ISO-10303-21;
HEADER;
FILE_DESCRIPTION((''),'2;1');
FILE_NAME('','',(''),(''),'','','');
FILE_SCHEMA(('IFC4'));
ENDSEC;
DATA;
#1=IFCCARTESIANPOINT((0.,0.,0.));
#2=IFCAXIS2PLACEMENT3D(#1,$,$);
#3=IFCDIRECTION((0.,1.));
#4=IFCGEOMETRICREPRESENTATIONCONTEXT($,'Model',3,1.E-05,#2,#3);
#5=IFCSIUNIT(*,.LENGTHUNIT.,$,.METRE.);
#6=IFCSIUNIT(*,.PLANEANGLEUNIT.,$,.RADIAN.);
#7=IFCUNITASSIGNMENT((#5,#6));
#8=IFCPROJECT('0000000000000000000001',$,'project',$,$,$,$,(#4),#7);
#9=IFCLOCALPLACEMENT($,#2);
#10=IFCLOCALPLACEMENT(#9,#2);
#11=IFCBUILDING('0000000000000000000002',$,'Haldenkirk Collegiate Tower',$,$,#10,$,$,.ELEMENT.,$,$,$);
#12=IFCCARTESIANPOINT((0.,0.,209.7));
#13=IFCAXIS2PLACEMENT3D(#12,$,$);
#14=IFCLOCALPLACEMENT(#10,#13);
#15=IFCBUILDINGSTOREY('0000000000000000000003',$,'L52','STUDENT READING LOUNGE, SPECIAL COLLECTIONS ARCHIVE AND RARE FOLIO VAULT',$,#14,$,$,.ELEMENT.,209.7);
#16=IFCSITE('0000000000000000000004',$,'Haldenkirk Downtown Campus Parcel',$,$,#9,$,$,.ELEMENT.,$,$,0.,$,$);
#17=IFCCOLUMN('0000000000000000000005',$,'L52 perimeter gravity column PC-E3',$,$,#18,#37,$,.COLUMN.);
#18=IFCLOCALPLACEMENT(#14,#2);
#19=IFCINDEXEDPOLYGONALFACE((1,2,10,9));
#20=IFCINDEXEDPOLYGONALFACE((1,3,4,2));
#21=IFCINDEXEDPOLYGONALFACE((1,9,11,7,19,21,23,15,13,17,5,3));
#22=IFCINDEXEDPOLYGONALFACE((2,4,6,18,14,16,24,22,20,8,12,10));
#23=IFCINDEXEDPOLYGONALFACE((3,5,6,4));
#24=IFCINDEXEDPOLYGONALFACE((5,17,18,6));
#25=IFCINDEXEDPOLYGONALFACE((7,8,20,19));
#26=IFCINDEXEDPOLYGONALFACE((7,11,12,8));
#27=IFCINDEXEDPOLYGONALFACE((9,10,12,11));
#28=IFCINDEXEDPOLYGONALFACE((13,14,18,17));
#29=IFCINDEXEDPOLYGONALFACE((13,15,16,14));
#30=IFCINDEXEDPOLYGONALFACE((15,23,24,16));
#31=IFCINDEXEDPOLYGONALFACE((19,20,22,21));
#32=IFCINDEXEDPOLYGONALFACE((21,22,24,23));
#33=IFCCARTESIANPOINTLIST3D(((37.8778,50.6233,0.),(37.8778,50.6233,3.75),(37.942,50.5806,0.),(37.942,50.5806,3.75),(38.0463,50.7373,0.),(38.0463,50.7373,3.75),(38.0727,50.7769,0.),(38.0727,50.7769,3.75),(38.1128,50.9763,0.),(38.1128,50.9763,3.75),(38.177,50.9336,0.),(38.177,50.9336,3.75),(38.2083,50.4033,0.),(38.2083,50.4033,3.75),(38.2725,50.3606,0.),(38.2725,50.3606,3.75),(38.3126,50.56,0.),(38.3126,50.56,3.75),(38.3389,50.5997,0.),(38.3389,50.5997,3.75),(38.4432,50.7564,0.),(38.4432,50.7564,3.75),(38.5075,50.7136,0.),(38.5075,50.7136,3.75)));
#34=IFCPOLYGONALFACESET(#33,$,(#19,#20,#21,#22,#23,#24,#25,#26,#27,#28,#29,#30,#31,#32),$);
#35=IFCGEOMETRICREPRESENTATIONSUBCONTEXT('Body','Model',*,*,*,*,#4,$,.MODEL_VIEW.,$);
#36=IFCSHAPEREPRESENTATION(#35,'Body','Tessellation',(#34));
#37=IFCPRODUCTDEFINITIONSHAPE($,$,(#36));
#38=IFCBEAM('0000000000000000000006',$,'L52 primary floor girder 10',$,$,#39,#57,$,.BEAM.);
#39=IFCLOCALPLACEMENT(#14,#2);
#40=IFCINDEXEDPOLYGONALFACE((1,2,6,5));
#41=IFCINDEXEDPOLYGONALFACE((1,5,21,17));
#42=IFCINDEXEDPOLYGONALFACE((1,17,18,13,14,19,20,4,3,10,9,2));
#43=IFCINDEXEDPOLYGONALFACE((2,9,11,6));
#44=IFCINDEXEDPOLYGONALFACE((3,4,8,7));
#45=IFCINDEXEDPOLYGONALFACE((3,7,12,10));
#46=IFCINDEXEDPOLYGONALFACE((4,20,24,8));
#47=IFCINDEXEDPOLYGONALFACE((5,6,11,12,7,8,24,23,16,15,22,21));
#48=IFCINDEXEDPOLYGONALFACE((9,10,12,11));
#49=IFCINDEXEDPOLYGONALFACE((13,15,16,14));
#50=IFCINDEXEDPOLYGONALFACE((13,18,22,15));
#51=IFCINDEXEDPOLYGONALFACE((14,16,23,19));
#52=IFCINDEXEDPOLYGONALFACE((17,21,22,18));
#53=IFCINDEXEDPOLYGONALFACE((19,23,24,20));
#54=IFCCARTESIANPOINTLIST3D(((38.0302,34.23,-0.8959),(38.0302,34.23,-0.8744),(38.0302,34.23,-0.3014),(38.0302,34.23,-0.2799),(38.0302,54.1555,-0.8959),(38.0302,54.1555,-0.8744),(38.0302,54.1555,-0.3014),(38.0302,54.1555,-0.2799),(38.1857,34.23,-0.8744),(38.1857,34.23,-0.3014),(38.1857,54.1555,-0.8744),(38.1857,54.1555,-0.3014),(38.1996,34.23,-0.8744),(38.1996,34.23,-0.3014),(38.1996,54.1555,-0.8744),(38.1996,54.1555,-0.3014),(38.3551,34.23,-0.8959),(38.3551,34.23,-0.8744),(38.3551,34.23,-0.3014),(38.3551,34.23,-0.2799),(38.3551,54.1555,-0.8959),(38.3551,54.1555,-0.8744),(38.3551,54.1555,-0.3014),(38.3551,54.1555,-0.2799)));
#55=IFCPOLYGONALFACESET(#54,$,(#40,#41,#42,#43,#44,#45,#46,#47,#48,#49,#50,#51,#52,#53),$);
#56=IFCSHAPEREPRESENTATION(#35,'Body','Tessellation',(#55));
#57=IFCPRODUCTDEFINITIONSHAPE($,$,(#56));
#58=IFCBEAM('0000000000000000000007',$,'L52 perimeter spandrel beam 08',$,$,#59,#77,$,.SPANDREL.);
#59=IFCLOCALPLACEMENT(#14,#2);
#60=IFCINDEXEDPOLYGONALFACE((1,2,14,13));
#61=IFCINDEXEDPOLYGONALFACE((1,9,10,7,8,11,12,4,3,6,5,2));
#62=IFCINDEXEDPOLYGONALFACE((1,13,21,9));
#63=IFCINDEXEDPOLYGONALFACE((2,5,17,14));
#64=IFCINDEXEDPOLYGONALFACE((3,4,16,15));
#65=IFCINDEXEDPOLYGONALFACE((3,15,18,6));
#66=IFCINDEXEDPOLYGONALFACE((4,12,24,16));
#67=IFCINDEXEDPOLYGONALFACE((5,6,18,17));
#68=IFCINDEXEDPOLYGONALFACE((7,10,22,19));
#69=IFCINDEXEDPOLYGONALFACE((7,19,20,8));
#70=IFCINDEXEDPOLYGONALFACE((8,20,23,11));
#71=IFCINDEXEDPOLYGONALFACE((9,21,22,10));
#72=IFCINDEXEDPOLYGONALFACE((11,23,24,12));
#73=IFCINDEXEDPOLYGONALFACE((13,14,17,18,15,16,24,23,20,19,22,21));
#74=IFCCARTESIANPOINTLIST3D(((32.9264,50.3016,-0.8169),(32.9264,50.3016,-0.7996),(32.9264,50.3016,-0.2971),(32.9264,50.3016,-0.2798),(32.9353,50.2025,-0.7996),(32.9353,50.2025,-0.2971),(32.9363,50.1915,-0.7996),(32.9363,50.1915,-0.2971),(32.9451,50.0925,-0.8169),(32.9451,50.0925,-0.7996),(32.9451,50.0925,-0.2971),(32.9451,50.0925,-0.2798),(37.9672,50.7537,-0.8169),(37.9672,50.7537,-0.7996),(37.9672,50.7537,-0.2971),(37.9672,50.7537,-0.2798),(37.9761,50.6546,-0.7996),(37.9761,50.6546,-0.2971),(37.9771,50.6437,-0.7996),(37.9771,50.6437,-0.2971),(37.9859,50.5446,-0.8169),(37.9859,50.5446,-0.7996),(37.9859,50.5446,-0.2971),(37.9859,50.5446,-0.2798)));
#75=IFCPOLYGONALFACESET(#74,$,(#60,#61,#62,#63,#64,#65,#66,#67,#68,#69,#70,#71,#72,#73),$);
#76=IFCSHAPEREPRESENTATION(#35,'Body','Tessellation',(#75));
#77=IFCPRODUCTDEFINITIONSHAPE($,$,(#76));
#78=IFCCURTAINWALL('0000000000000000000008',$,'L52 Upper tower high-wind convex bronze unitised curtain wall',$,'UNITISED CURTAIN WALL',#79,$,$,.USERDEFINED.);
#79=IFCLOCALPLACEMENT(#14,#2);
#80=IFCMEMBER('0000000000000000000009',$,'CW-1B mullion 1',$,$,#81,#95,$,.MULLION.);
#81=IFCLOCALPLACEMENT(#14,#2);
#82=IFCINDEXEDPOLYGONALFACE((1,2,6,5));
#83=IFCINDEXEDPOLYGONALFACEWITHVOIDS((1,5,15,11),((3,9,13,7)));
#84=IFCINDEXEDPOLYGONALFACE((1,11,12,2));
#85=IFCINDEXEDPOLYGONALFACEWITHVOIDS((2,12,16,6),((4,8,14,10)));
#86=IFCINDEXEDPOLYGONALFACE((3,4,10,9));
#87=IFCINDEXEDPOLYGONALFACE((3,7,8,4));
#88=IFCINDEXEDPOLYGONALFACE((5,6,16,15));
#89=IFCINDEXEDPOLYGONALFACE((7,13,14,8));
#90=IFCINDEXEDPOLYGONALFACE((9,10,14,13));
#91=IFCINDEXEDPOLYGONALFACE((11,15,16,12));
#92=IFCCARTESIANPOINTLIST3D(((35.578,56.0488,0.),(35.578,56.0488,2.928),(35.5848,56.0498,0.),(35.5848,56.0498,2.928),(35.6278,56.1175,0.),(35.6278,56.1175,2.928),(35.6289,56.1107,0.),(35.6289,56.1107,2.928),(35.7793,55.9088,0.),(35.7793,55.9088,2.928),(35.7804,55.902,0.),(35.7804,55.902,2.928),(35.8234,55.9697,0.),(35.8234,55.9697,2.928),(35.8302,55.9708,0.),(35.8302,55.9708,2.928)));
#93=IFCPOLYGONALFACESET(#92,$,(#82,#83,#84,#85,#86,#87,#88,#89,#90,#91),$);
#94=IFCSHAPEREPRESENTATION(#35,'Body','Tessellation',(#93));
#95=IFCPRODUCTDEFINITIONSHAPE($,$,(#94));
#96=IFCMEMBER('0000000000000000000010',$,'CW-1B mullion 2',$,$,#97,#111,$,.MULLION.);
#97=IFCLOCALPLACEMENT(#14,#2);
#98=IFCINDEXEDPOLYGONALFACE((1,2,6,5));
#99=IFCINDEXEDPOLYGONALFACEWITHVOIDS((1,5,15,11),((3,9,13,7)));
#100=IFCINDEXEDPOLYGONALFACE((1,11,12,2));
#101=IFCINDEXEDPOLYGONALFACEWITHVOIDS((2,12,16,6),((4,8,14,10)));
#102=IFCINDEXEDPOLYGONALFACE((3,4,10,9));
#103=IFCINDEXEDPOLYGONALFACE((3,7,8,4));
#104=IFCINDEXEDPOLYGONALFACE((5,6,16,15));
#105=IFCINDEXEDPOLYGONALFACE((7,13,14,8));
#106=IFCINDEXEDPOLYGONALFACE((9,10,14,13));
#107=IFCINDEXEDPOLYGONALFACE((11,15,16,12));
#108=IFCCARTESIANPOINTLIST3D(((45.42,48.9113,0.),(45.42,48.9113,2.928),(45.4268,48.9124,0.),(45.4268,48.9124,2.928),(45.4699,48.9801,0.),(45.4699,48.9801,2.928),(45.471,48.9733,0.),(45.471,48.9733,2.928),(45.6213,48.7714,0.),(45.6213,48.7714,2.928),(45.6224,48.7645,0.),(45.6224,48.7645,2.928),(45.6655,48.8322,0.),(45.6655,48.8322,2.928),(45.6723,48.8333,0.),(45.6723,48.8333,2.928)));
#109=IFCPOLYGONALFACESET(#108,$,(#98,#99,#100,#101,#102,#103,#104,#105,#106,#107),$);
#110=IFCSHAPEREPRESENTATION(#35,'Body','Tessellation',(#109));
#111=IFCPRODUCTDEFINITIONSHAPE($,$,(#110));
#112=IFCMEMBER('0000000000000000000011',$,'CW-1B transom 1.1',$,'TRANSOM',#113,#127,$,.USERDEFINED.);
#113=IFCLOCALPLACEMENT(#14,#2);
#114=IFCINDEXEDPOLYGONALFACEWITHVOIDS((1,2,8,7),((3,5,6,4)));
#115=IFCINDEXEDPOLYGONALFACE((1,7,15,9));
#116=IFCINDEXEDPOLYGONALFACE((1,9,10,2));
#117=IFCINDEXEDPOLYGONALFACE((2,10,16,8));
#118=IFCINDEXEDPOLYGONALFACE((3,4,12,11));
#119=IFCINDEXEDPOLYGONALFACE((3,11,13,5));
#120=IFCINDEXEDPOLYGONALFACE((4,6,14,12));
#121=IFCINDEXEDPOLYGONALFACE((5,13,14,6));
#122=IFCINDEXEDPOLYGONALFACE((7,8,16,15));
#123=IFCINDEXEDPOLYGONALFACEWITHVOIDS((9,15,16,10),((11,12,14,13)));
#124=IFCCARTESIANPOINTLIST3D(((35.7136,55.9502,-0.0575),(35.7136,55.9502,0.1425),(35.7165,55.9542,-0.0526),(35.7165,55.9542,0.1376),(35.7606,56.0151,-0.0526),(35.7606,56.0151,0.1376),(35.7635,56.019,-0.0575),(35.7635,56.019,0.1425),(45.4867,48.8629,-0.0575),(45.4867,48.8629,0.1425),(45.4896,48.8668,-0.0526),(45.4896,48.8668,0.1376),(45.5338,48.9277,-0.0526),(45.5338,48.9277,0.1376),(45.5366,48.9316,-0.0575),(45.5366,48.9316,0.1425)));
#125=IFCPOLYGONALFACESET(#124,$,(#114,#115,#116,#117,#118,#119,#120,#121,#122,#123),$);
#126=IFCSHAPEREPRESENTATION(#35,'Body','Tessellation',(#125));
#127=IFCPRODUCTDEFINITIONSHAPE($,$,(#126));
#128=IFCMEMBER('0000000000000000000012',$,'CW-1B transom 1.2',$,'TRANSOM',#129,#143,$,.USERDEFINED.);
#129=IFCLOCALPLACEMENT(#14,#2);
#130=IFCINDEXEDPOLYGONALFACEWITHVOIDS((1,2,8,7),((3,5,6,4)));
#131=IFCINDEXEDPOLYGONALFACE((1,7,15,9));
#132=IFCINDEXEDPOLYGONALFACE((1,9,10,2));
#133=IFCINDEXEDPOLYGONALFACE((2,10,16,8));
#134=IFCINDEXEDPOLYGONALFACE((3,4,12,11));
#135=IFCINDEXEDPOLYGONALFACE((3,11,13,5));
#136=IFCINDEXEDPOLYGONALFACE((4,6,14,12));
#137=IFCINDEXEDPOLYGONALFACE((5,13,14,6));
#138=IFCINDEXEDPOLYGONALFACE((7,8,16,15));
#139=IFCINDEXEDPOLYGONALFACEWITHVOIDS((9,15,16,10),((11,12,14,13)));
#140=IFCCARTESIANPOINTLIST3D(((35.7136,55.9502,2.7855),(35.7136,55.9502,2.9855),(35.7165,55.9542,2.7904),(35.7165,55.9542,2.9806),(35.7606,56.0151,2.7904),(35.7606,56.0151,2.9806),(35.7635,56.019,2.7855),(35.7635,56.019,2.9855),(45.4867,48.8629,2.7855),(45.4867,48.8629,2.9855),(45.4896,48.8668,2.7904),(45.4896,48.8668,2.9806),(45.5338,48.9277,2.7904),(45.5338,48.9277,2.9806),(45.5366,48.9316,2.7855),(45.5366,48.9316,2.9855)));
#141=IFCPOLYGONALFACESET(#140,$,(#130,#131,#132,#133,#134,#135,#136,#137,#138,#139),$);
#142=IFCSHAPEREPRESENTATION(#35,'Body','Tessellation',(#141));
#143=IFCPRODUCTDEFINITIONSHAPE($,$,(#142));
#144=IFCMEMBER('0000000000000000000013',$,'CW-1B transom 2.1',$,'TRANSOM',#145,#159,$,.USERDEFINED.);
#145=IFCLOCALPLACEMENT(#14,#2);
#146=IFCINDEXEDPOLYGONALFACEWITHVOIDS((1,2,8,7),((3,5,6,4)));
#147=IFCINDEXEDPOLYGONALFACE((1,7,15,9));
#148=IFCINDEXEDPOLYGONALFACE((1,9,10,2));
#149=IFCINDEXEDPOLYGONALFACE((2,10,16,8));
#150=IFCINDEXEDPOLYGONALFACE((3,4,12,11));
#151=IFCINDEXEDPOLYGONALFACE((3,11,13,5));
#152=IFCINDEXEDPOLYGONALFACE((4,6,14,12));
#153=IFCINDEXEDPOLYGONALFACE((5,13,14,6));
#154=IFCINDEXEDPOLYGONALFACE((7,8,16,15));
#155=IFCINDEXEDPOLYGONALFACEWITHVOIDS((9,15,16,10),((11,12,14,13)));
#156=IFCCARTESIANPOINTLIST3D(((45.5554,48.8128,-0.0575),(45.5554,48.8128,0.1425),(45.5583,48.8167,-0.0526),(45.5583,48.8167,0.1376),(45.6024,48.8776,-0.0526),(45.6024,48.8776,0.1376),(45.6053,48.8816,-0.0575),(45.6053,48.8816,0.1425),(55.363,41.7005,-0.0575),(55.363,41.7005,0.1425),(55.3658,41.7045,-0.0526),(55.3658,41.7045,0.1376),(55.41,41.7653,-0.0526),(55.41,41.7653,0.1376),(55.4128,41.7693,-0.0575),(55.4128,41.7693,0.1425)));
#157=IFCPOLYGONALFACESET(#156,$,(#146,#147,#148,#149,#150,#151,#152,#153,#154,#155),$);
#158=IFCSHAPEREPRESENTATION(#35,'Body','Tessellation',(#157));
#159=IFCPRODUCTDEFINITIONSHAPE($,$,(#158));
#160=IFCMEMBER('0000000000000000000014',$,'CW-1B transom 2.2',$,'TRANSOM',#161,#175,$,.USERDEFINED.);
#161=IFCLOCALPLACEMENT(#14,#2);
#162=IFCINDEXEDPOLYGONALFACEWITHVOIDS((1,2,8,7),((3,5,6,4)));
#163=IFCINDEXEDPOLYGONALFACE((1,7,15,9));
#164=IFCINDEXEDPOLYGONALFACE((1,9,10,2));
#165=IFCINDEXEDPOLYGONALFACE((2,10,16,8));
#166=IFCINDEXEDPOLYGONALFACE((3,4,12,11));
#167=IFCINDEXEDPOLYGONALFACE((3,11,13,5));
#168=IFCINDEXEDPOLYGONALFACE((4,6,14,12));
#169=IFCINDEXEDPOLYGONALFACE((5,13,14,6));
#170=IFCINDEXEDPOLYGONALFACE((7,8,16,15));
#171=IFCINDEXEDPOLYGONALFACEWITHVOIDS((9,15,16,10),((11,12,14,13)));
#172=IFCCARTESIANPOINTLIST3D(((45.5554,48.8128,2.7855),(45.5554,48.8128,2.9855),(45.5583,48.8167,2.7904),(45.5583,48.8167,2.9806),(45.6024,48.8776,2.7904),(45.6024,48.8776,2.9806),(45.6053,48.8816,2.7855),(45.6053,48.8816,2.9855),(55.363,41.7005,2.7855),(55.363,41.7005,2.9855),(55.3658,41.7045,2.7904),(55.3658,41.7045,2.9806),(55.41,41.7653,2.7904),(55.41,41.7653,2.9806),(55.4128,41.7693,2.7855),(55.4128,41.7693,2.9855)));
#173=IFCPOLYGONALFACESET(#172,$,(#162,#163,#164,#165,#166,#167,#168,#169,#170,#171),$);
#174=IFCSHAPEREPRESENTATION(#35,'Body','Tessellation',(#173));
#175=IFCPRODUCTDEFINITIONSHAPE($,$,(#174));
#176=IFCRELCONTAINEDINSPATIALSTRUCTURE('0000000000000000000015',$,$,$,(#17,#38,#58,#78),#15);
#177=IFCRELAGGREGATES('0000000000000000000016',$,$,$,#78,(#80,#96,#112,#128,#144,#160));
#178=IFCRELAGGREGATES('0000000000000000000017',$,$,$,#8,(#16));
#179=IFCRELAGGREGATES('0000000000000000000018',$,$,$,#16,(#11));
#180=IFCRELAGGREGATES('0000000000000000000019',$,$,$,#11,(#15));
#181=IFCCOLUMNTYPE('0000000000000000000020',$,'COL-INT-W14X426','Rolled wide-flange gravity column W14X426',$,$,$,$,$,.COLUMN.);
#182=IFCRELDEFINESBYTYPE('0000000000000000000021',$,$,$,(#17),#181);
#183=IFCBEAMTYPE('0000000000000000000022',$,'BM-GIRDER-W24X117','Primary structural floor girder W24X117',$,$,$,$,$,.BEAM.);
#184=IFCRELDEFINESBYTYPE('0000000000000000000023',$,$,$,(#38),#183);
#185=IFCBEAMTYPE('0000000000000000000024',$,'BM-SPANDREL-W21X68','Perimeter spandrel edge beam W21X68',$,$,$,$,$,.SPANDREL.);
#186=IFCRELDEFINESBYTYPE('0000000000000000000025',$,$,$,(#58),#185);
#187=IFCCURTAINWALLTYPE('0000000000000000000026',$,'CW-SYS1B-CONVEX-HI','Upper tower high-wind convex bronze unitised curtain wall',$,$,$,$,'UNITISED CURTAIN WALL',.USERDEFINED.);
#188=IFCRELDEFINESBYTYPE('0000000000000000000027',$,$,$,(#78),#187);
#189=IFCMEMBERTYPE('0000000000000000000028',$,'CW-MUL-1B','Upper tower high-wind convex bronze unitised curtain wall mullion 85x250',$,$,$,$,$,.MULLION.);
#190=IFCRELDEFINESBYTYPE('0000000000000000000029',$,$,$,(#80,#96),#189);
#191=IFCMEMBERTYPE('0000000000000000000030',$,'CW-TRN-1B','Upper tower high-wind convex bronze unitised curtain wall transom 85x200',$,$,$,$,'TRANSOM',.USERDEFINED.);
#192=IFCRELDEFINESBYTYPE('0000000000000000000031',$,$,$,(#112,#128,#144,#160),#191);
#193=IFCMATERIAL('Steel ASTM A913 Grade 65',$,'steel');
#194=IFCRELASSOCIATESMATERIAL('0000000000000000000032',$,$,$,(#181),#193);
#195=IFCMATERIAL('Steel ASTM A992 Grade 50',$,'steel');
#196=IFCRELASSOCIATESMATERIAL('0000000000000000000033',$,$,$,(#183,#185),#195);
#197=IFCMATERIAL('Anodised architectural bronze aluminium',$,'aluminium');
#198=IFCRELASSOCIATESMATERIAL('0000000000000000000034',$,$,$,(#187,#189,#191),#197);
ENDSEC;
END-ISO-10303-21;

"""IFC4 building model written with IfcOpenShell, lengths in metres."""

from ifc_helpers import new_model, si_unit, direction, frame, origin, origin_2d, place, context, subcontext, project, spatial, hollow_rectangle, i_section, extrude, material, material_profile, profile_set, type_object, element, aggregate, save


model = new_model("IFC4")

# Units and contexts
model_context = context("Model", 3, precision=1e-05, world=origin(), true_north=direction((0.0, 1.0)))
body_context = subcontext(model_context, "Body", "Model", "MODEL_VIEW")
ifc_project = project(units=[si_unit("LENGTHUNIT", "METRE"), si_unit("PLANEANGLEUNIT", "RADIAN")], contexts=[model_context])

# Site, building, storey
site_placement = place(None, origin())
site = spatial("IfcSite", under=ifc_project, at=site_placement, Name="Haldenkirk Downtown Campus Parcel", CompositionType="ELEMENT", RefElevation=0.0)
building_placement = place(site_placement, origin())
building = spatial("IfcBuilding", under=site, at=building_placement, Name="Haldenkirk Collegiate Tower", CompositionType="ELEMENT")
storey_placement = place(building_placement, frame((0.0, 0.0, 209.7)))
storey = spatial("IfcBuildingStorey", under=building, at=storey_placement, Name="L52", Description="STUDENT READING LOUNGE, SPECIAL COLLECTIONS ARCHIVE AND RARE FOLIO VAULT", CompositionType="ELEMENT", Elevation=209.7)

# Column
ifc_material_1 = material(Name="Steel ASTM A913 Grade 65", Category="steel")
ifc_material_profile_1 = material_profile(ifc_material_1, i_section(OverallWidth=0.4241, OverallDepth=0.4741, WebThickness=0.0476, FlangeThickness=0.0771, at=origin_2d()), Name="W14X426")
ifc_profile_set_1 = profile_set([ifc_material_profile_1], Name="Steel ASTM A913 Grade 65")
column_type = type_object("IfcColumnType", Name="COL-INT-W14X426", Description="Rolled wide-flange gravity column W14X426", PredefinedType="COLUMN", material=ifc_profile_set_1)
column_placement = place(storey_placement, frame((38.1926, 50.6685, 0.0), z_axis=(0.0, 0.0, 1.0), x_axis=(0.554118, 0.832438, 0.0)))
element("IfcColumn", 1, at=column_placement, inside=storey, type_object=column_type, Name="L52 perimeter gravity column PC-E3", PredefinedType="COLUMN", context=body_context, shape_type="SweptSolid", body=[
    extrude(i_section(OverallWidth=0.4241, OverallDepth=0.4741, WebThickness=0.0476, FlangeThickness=0.0771, at=origin_2d()), origin(), (0.0, 0.0, 1.0), 3.75),
])

# Beams
ifc_material_2 = material(Name="Steel ASTM A992 Grade 50", Category="steel")
ifc_material_profile_2 = material_profile(ifc_material_2, i_section(OverallWidth=0.325, OverallDepth=0.616, WebThickness=0.0139, FlangeThickness=0.0215, at=origin_2d()), Name="W24X117")
ifc_profile_set_2 = profile_set([ifc_material_profile_2], Name="Steel ASTM A992 Grade 50")
beam_type_1 = type_object("IfcBeamType", Name="BM-GIRDER-W24X117", Description="Primary structural floor girder W24X117", PredefinedType="BEAM", material=ifc_profile_set_2)
beam_1_placement = place(storey_placement, frame((38.1926, 54.1555, -0.5879), z_axis=(0.0, -1.0, 0.0), x_axis=(1.0, 0.0, 0.0)))
element("IfcBeam", 2, at=beam_1_placement, inside=storey, type_object=beam_type_1, Name="L52 primary floor girder 10", PredefinedType="BEAM", context=body_context, shape_type="SweptSolid", body=[
    extrude(i_section(OverallWidth=0.325, OverallDepth=0.616, WebThickness=0.0139, FlangeThickness=0.0215, at=origin_2d()), origin(), (0.0, 0.0, 1.0), 19.9255),
])
ifc_material_profile_3 = material_profile(ifc_material_2, i_section(OverallWidth=0.21, OverallDepth=0.5371, WebThickness=0.011, FlangeThickness=0.0173, at=origin_2d()), Name="W21X68")
ifc_profile_set_3 = profile_set([ifc_material_profile_3], Name="Steel ASTM A992 Grade 50")
beam_type_2 = type_object("IfcBeamType", Name="BM-SPANDREL-W21X68", Description="Perimeter spandrel edge beam W21X68", PredefinedType="SPANDREL", material=ifc_profile_set_3)
beam_2_placement = place(storey_placement, frame((37.9766, 50.6492, -0.5483), z_axis=(-0.996001, -0.08934, 0.0), x_axis=(0.08934, -0.996001, 0.0)))
element("IfcBeam", 3, at=beam_2_placement, inside=storey, type_object=beam_type_2, Name="L52 perimeter spandrel beam 08", PredefinedType="SPANDREL", context=body_context, shape_type="SweptSolid", body=[
    extrude(i_section(OverallWidth=0.21, OverallDepth=0.5371, WebThickness=0.011, FlangeThickness=0.0173, at=origin_2d()), origin(), (0.0, 0.0, 1.0), 5.061),
])

# Curtain wall, members
ifc_material_3 = material(Name="Anodised architectural bronze aluminium", Category="aluminium")
curtain_wall_type = type_object("IfcCurtainWallType", Name="CW-SYS1B-CONVEX-HI", Description="Upper tower high-wind convex bronze unitised curtain wall", ElementType="UNITISED CURTAIN WALL", PredefinedType="USERDEFINED", material=ifc_material_3)
curtain_wall_placement = place(storey_placement, origin())
curtain_wall = element("IfcCurtainWall", 4, at=curtain_wall_placement, inside=storey, type_object=curtain_wall_type, Name="L52 Upper tower high-wind convex bronze unitised curtain wall", ObjectType="UNITISED CURTAIN WALL", PredefinedType="USERDEFINED")
ifc_material_profile_4 = material_profile(ifc_material_3, hollow_rectangle(XDim=0.085, YDim=0.25, WallThickness=0.0049, at=origin_2d()), Name="CW-MUL-1B")
ifc_profile_set_4 = profile_set([ifc_material_profile_4], Name="Anodised architectural bronze aluminium")
member_type_1 = type_object("IfcMemberType", Name="CW-MUL-1B", Description="Upper tower high-wind convex bronze unitised curtain wall mullion 85x250", PredefinedType="MULLION", material=ifc_profile_set_4)
member_1_placement = place(storey_placement, frame((35.7041, 56.0098, 0.0), z_axis=(0.0, 0.0, 1.0), x_axis=(0.58708, 0.809529, 0.0)))
member_1 = element("IfcMember", 5, at=member_1_placement, type_object=member_type_1, Name="CW-1B mullion 1", PredefinedType="MULLION", context=body_context, shape_type="SweptSolid", body=[
    extrude(hollow_rectangle(XDim=0.085, YDim=0.25, WallThickness=0.0049, at=origin_2d()), origin(), (0.0, 0.0, 1.0), 2.928),
])
member_2_placement = place(storey_placement, frame((45.5461, 48.8723, 0.0), z_axis=(0.0, 0.0, 1.0), x_axis=(0.58708, 0.809529, 0.0)))
member_2 = element("IfcMember", 6, at=member_2_placement, type_object=member_type_1, Name="CW-1B mullion 2", PredefinedType="MULLION", context=body_context, shape_type="SweptSolid", body=[
    extrude(hollow_rectangle(XDim=0.085, YDim=0.25, WallThickness=0.0049, at=origin_2d()), origin(), (0.0, 0.0, 1.0), 2.928),
])
ifc_material_profile_5 = material_profile(ifc_material_3, hollow_rectangle(XDim=0.085, YDim=0.2, WallThickness=0.0049, at=origin_2d()), Name="CW-TRN-1B")
ifc_profile_set_5 = profile_set([ifc_material_profile_5], Name="Anodised architectural bronze aluminium")
member_type_2 = type_object("IfcMemberType", Name="CW-TRN-1B", Description="Upper tower high-wind convex bronze unitised curtain wall transom 85x200", ElementType="TRANSOM", PredefinedType="USERDEFINED", material=ifc_profile_set_5)
member_3_placement = place(storey_placement, frame((35.7385, 55.9846, 0.0425), z_axis=(0.809538, -0.587067, 0.0), x_axis=(0.587067, 0.809538, 0.0)))
member_3 = element("IfcMember", 7, at=member_3_placement, type_object=member_type_2, Name="CW-1B transom 1.1", ObjectType="TRANSOM", PredefinedType="USERDEFINED", context=body_context, shape_type="SweptSolid", body=[
    extrude(hollow_rectangle(XDim=0.085, YDim=0.2, WallThickness=0.0049, at=origin_2d()), origin(), (0.0, 0.0, 1.0), 12.0725),
])
member_4_placement = place(storey_placement, frame((35.7385, 55.9846, 2.8855), z_axis=(0.809538, -0.587067, 0.0), x_axis=(0.587067, 0.809538, 0.0)))
member_4 = element("IfcMember", 8, at=member_4_placement, type_object=member_type_2, Name="CW-1B transom 1.2", ObjectType="TRANSOM", PredefinedType="USERDEFINED", context=body_context, shape_type="SweptSolid", body=[
    extrude(hollow_rectangle(XDim=0.085, YDim=0.2, WallThickness=0.0049, at=origin_2d()), origin(), (0.0, 0.0, 1.0), 12.0725),
])
member_5_placement = place(storey_placement, frame((45.5803, 48.8472, 0.0425), z_axis=(0.809541, -0.587064, 0.0), x_axis=(0.587064, 0.809541, 0.0)))
member_5 = element("IfcMember", 9, at=member_5_placement, type_object=member_type_2, Name="CW-1B transom 2.1", ObjectType="TRANSOM", PredefinedType="USERDEFINED", context=body_context, shape_type="SweptSolid", body=[
    extrude(hollow_rectangle(XDim=0.085, YDim=0.2, WallThickness=0.0049, at=origin_2d()), origin(), (0.0, 0.0, 1.0), 12.115),
])
member_6_placement = place(storey_placement, frame((45.5803, 48.8472, 2.8855), z_axis=(0.809541, -0.587064, 0.0), x_axis=(0.587064, 0.809541, 0.0)))
member_6 = element("IfcMember", 10, at=member_6_placement, type_object=member_type_2, Name="CW-1B transom 2.2", ObjectType="TRANSOM", PredefinedType="USERDEFINED", context=body_context, shape_type="SweptSolid", body=[
    extrude(hollow_rectangle(XDim=0.085, YDim=0.2, WallThickness=0.0049, at=origin_2d()), origin(), (0.0, 0.0, 1.0), 12.115),
])
aggregate(curtain_wall, [member_1, member_2, member_3, member_4, member_5, member_6])

save(model, "model.ifc")
